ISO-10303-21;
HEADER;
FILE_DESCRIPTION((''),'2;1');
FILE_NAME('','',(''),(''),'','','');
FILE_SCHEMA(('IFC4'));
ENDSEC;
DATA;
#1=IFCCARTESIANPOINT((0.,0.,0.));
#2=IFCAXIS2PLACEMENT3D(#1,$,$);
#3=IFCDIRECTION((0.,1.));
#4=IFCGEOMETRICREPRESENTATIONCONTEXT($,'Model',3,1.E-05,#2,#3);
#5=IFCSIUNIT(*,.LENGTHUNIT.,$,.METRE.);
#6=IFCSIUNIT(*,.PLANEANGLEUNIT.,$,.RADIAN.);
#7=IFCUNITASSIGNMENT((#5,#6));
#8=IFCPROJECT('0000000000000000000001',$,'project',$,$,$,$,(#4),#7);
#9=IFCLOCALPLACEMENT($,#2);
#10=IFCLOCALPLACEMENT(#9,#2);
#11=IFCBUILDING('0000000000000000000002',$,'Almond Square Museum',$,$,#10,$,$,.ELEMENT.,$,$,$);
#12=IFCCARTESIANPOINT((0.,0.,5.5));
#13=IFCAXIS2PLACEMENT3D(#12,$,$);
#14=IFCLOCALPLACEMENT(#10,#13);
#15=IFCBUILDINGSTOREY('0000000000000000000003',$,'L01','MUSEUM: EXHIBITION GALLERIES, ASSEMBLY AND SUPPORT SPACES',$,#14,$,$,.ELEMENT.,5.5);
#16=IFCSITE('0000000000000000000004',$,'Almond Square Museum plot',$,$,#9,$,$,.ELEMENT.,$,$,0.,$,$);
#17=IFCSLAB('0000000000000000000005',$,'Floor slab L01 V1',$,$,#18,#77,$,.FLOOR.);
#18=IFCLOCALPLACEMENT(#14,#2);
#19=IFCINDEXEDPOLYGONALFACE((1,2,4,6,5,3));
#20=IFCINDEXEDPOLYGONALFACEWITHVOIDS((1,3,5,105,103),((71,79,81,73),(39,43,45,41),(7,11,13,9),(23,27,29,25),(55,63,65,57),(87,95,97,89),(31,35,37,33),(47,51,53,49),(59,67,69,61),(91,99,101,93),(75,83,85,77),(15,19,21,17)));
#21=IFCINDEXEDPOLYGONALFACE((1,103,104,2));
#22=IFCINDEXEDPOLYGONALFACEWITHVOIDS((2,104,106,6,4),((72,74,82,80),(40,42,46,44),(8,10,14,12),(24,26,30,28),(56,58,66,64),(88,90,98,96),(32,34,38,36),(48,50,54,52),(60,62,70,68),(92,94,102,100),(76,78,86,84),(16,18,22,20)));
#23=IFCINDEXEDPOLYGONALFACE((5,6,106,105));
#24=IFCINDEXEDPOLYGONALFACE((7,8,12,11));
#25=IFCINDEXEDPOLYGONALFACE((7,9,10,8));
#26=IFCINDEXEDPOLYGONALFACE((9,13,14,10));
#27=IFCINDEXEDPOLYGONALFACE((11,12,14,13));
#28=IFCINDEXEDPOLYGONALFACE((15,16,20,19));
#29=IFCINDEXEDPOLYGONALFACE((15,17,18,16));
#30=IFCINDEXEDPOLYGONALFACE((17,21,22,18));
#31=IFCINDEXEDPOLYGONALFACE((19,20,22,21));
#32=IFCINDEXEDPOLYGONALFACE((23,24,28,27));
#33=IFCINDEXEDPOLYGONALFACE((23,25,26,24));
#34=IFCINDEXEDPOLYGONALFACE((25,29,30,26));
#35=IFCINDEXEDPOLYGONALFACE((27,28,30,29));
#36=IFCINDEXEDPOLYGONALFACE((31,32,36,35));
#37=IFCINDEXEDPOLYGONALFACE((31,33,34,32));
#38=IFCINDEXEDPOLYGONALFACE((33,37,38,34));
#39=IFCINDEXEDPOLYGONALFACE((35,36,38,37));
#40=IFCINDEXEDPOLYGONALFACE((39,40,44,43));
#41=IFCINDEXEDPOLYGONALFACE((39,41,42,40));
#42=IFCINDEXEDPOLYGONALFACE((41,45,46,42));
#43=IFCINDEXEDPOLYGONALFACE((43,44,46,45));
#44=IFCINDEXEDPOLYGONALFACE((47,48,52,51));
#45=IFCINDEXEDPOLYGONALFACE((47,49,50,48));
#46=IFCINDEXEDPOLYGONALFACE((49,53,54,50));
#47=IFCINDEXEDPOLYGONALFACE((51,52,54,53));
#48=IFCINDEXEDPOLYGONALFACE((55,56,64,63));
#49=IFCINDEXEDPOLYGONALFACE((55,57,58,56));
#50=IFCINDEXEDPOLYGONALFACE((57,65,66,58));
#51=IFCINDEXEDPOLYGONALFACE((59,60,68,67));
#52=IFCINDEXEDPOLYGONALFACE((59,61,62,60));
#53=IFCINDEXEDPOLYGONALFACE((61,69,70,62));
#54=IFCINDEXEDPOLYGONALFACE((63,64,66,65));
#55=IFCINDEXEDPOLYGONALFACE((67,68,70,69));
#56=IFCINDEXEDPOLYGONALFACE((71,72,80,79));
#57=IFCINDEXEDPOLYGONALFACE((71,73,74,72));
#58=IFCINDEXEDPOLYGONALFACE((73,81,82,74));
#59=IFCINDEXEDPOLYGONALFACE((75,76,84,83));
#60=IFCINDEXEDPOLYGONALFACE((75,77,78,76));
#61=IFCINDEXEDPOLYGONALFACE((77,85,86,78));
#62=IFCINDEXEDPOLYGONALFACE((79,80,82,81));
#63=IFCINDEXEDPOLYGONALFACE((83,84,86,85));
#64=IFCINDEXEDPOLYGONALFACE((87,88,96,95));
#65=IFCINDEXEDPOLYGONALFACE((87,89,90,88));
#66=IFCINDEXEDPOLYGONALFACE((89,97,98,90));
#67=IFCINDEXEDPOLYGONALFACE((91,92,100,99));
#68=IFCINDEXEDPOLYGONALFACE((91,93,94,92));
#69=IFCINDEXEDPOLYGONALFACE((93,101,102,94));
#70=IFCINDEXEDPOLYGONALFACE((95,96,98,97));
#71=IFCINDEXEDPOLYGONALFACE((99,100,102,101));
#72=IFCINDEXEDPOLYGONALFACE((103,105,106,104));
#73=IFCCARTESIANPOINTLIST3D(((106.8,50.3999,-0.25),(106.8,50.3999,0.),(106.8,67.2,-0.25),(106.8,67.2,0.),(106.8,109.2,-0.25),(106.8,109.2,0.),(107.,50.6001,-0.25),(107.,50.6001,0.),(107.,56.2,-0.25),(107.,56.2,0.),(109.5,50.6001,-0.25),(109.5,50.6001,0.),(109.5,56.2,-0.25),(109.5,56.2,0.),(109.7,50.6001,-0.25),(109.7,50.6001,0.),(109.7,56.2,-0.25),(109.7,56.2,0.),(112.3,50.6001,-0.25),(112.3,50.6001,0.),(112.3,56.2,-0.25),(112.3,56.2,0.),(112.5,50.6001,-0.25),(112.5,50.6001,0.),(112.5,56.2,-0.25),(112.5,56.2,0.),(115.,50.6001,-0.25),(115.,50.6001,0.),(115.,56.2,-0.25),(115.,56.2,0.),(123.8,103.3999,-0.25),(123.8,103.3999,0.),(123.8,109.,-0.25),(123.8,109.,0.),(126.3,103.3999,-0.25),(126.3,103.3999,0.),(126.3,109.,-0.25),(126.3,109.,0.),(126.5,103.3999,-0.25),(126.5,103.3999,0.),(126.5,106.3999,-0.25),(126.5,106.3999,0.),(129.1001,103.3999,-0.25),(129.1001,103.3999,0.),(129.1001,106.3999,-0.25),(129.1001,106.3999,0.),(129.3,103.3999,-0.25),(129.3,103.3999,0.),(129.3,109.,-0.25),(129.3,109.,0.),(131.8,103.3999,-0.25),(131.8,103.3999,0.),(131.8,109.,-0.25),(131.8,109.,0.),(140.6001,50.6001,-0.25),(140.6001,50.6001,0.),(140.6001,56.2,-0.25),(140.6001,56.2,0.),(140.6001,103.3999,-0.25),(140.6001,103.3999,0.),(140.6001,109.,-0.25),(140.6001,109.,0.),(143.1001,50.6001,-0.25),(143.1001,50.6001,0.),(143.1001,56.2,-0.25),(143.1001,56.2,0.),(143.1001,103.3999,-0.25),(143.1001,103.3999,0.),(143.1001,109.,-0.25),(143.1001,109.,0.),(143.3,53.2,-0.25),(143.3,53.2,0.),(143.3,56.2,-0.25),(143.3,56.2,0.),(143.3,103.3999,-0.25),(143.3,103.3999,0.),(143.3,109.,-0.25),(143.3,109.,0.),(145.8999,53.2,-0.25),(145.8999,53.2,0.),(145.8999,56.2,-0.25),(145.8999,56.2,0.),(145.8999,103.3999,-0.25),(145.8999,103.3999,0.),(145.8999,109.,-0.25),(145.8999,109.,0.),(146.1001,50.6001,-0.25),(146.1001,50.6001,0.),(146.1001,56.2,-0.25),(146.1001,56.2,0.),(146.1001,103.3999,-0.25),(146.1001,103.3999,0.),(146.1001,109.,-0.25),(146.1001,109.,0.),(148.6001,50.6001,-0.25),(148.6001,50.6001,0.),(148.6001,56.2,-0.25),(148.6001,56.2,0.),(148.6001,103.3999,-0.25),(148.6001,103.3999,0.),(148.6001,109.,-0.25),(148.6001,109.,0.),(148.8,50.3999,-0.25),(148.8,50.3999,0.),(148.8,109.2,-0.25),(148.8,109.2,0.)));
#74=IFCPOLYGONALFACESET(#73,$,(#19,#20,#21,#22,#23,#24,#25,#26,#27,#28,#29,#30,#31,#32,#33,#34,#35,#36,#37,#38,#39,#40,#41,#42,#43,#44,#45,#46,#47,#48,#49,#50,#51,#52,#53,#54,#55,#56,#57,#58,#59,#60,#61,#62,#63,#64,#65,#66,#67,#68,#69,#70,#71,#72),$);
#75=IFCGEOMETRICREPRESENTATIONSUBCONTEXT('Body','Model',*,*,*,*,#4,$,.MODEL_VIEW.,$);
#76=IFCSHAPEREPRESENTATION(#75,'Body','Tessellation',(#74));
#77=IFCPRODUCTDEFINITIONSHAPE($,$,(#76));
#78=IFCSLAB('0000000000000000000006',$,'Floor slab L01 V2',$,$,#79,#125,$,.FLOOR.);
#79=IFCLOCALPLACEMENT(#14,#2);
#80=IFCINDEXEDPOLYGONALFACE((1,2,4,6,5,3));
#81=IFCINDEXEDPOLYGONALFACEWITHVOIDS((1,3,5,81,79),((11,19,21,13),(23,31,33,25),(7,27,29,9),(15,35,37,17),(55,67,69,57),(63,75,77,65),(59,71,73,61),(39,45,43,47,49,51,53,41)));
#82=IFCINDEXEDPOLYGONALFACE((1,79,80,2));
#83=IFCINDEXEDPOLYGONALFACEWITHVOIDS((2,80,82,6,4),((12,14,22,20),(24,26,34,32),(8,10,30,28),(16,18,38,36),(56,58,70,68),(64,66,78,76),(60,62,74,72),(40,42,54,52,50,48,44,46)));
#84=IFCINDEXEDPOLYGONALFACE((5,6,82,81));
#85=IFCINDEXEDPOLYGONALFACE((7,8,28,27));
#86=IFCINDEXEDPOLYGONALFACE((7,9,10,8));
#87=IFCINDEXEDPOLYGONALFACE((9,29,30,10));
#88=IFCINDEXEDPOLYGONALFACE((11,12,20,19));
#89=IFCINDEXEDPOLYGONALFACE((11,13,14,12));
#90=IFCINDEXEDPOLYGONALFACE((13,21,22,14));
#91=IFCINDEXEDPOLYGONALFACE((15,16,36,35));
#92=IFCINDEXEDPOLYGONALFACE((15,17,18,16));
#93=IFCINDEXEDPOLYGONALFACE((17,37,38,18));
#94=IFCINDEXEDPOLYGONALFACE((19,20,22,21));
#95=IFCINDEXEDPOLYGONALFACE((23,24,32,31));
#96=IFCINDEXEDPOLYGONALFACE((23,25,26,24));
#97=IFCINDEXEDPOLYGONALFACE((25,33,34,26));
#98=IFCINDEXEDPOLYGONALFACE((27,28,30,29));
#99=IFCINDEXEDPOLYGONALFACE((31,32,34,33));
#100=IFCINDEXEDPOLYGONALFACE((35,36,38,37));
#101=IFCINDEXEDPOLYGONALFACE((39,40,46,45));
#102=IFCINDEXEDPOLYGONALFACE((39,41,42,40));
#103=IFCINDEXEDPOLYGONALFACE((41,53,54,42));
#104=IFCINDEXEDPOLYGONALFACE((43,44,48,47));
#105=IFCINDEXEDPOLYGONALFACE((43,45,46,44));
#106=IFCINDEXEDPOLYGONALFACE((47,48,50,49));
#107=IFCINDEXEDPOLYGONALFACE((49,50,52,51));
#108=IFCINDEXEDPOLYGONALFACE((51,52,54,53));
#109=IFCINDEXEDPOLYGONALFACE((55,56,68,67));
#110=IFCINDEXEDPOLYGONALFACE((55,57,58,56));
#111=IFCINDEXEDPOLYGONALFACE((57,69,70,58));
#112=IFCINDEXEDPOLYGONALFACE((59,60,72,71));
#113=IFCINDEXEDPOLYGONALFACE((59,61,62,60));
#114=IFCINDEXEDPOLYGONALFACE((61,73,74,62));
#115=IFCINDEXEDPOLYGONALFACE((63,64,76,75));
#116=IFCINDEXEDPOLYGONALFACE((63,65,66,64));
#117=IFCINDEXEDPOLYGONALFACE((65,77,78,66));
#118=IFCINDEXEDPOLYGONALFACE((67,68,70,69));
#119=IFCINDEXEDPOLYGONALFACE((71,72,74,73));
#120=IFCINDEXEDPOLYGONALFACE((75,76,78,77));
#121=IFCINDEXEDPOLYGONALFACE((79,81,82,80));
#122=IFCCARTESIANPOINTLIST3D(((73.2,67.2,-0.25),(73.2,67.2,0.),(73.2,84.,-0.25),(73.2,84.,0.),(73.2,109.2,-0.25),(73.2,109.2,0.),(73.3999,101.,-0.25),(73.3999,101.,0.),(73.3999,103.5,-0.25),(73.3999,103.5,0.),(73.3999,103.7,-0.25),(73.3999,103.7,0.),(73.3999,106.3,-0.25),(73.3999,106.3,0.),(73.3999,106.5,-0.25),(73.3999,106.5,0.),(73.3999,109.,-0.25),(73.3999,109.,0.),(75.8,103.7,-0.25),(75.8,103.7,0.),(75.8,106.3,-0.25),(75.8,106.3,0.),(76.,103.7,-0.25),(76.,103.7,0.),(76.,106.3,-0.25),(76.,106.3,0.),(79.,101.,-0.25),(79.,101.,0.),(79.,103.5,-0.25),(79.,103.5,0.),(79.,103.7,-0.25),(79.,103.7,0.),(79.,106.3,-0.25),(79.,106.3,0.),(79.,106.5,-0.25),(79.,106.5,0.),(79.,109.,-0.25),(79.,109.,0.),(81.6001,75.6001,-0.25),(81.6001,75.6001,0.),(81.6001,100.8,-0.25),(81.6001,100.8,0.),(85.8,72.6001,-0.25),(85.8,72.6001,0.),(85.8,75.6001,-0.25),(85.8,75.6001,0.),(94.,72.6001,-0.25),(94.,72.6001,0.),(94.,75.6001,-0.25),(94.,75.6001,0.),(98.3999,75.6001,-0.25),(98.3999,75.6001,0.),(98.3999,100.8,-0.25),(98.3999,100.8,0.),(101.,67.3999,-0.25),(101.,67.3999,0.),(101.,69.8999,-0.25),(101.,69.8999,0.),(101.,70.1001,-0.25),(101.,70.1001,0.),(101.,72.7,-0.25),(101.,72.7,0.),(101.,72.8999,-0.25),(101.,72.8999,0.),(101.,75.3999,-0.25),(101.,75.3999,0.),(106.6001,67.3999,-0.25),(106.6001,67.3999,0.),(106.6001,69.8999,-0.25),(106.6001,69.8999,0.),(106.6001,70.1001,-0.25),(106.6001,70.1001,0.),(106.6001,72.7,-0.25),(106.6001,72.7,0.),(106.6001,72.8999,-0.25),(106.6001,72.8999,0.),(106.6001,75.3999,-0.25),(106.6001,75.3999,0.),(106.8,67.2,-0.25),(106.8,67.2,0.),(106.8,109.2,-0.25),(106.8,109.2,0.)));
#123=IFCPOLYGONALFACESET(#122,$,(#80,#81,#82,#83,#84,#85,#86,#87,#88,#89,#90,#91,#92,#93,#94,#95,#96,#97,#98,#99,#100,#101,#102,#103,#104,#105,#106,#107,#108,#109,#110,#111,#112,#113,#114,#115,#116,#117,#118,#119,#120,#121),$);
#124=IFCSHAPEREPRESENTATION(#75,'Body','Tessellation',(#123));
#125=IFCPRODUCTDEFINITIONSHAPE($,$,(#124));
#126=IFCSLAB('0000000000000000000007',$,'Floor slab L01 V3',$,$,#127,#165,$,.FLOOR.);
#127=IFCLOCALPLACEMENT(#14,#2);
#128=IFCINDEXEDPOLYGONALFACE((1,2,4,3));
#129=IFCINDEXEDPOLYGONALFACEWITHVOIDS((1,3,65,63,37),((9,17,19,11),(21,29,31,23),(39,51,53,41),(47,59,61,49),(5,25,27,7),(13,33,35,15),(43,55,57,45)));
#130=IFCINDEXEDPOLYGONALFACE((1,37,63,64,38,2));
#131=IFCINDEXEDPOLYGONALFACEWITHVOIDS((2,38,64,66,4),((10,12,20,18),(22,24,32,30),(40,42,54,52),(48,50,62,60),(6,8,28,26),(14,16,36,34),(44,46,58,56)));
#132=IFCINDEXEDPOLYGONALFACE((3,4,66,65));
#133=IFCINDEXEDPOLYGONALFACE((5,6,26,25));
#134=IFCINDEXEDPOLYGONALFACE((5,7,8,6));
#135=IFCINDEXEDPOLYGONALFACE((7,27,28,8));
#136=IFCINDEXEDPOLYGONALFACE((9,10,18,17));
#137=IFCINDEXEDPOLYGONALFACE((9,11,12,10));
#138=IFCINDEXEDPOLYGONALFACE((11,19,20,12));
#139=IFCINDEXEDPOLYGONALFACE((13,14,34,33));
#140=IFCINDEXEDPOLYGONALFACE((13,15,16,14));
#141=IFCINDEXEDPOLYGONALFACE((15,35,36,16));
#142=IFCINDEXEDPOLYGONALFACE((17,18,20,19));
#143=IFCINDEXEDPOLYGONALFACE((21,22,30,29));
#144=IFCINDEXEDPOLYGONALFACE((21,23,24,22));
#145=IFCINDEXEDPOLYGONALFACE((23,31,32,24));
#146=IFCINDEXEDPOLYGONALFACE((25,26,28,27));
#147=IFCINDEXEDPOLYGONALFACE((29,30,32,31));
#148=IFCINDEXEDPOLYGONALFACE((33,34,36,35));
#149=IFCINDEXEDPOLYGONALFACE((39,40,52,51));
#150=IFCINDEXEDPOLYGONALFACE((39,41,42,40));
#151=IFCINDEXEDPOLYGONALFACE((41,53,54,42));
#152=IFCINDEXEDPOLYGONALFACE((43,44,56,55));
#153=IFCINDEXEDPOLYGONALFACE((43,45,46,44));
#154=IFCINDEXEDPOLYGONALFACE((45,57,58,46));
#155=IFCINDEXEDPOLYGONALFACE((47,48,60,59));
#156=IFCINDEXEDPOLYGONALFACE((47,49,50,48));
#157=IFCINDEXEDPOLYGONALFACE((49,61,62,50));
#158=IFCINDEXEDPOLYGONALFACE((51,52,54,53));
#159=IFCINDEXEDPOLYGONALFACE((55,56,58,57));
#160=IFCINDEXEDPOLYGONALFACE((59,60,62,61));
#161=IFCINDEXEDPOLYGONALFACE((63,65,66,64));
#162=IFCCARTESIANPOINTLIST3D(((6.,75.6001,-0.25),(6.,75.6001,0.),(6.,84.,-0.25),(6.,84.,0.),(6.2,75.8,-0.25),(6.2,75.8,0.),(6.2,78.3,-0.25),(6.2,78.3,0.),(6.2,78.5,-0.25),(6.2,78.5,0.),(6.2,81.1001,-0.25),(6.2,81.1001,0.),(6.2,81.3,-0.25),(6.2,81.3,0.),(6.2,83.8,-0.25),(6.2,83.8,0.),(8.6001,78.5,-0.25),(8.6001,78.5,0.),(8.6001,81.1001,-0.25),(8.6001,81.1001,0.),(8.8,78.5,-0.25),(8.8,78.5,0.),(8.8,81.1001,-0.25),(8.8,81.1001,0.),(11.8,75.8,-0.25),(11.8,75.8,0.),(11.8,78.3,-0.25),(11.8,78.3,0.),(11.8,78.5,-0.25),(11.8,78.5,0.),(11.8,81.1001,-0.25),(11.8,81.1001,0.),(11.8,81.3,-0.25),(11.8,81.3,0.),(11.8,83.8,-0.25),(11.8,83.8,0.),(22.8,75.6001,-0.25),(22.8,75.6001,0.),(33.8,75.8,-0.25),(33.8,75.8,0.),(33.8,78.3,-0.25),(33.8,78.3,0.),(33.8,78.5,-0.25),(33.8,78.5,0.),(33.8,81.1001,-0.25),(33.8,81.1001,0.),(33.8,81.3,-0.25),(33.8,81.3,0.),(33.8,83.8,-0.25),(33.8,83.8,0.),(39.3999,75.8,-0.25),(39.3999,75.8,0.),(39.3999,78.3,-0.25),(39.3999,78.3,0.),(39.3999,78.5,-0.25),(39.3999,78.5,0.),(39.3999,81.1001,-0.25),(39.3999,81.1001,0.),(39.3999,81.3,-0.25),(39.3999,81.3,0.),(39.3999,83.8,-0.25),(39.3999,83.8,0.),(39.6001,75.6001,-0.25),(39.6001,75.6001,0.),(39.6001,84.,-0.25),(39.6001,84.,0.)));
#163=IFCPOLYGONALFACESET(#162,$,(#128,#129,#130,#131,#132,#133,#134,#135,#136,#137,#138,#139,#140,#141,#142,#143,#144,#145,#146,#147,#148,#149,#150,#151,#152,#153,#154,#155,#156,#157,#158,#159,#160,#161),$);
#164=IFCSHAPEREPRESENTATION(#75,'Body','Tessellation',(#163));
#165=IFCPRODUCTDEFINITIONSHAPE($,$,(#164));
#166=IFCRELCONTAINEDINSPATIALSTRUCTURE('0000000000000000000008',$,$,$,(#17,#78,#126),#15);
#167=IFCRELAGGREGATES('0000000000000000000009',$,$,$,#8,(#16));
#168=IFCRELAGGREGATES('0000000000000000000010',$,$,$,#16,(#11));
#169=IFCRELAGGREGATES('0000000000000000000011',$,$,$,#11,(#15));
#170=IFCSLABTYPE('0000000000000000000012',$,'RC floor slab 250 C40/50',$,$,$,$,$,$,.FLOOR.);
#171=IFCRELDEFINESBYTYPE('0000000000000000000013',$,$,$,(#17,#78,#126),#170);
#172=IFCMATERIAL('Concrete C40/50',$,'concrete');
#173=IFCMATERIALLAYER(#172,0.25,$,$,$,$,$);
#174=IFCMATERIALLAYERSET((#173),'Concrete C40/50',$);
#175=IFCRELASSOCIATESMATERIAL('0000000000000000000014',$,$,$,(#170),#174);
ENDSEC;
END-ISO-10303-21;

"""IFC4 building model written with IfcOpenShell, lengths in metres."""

from ifc_helpers import new_model, si_unit, direction, frame, origin, place, context, subcontext, project, spatial, polyline, outline, extrude, material, layer, layer_set, type_object, element, save


model = new_model("IFC4")

# Units and contexts
model_context = context("Model", 3, precision=1e-05, world=origin(), true_north=direction((0.0, 1.0)))
body_context = subcontext(model_context, "Body", "Model", "MODEL_VIEW")
ifc_project = project(units=[si_unit("LENGTHUNIT", "METRE"), si_unit("PLANEANGLEUNIT", "RADIAN")], contexts=[model_context])

# Site, building, storey
site_placement = place(None, origin())
site = spatial("IfcSite", under=ifc_project, at=site_placement, Name="Almond Square Museum plot", CompositionType="ELEMENT", RefElevation=0.0)
building_placement = place(site_placement, origin())
building = spatial("IfcBuilding", under=site, at=building_placement, Name="Almond Square Museum", CompositionType="ELEMENT")
storey_placement = place(building_placement, frame((0.0, 0.0, 5.5)))
storey = spatial("IfcBuildingStorey", under=building, at=storey_placement, Name="L01", Description="MUSEUM: EXHIBITION GALLERIES, ASSEMBLY AND SUPPORT SPACES", CompositionType="ELEMENT", Elevation=5.5)

# Slabs
ifc_material_1 = material(Name="Concrete C40/50", Category="concrete")
ifc_layer_1 = layer(ifc_material_1, 0.25)
ifc_layer_set_1 = layer_set([ifc_layer_1], Name="Concrete C40/50")
slab_type_1 = type_object("IfcSlabType", Name="RC floor slab 250 C40/50", PredefinedType="FLOOR", material=ifc_layer_set_1)
slab_1_placement = place(storey_placement, frame((0.0, 0.0, -0.25)))
element("IfcSlab", 1, at=slab_1_placement, inside=storey, type_object=slab_type_1, Name="Floor slab L01 V1", PredefinedType="FLOOR", context=body_context, shape_type="SweptSolid", body=[
    extrude(outline(polyline([(148.8, 50.3999), (106.8, 50.3999), (106.8, 67.2), (106.8, 109.2), (148.8, 109.2), (148.8, 50.3999)]), holes=[polyline([(107.0, 50.6001), (109.5, 50.6001), (109.5, 56.2), (107.0, 56.2), (107.0, 50.6001)]), polyline([(109.7, 50.6001), (112.3, 50.6001), (112.3, 56.2), (109.7, 56.2), (109.7, 50.6001)]), polyline([(112.5, 50.6001), (115.0, 50.6001), (115.0, 56.2), (112.5, 56.2), (112.5, 50.6001)]), polyline([(123.8, 103.3999), (126.3, 103.3999), (126.3, 109.0), (123.8, 109.0), (123.8, 103.3999)]), polyline([(140.6001, 50.6001), (143.1001, 50.6001), (143.1001, 56.2), (140.6001, 56.2), (140.6001, 50.6001)]), polyline([(146.1001, 50.6001), (148.6001, 50.6001), (148.6001, 56.2), (146.1001, 56.2), (146.1001, 50.6001)]), polyline([(143.3, 53.2), (145.8999, 53.2), (145.8999, 56.2), (143.3, 56.2), (143.3, 53.2)]), polyline([(126.5, 103.3999), (129.1001, 103.3999), (129.1001, 106.3999), (126.5, 106.3999), (126.5, 103.3999)]), polyline([(146.1001, 103.3999), (148.6001, 103.3999), (148.6001, 109.0), (146.1001, 109.0), (146.1001, 103.3999)]), polyline([(143.3, 103.3999), (145.8999, 103.3999), (145.8999, 109.0), (143.3, 109.0), (143.3, 103.3999)]), polyline([(140.6001, 103.3999), (143.1001, 103.3999), (143.1001, 109.0), (140.6001, 109.0), (140.6001, 103.3999)]), polyline([(129.3, 103.3999), (131.8, 103.3999), (131.8, 109.0), (129.3, 109.0), (129.3, 103.3999)])]), origin(), (0.0, 0.0, 1.0), 0.25),
])
slab_2_placement = place(storey_placement, frame((0.0, 0.0, -0.25)))
element("IfcSlab", 2, at=slab_2_placement, inside=storey, type_object=slab_type_1, Name="Floor slab L01 V2", PredefinedType="FLOOR", context=body_context, shape_type="SweptSolid", body=[
    extrude(outline(polyline([(73.2, 67.2), (73.2, 84.0), (73.2, 109.2), (106.8, 109.2), (106.8, 67.2), (73.2, 67.2)]), holes=[polyline([(81.6001, 75.6001), (85.8, 75.6001), (85.8, 72.6001), (94.0, 72.6001), (94.0, 75.6001), (98.3999, 75.6001), (98.3999, 100.8), (81.6001, 100.8), (81.6001, 75.6001)]), polyline([(101.0, 67.3999), (106.6001, 67.3999), (106.6001, 69.8999), (101.0, 69.8999), (101.0, 67.3999)]), polyline([(106.6001, 70.1001), (106.6001, 72.7), (101.0, 72.7), (101.0, 70.1001), (106.6001, 70.1001)]), polyline([(101.0, 72.8999), (106.6001, 72.8999), (106.6001, 75.3999), (101.0, 75.3999), (101.0, 72.8999)]), polyline([(73.3999, 101.0), (79.0, 101.0), (79.0, 103.5), (73.3999, 103.5), (73.3999, 101.0)]), polyline([(76.0, 103.7), (79.0, 103.7), (79.0, 106.3), (76.0, 106.3), (76.0, 103.7)]), polyline([(73.3999, 103.7), (75.8, 103.7), (75.8, 106.3), (73.3999, 106.3), (73.3999, 103.7)]), polyline([(73.3999, 106.5), (79.0, 106.5), (79.0, 109.0), (73.3999, 109.0), (73.3999, 106.5)])]), origin(), (0.0, 0.0, 1.0), 0.25),
])
slab_3_placement = place(storey_placement, frame((0.0, 0.0, -0.25)))
element("IfcSlab", 3, at=slab_3_placement, inside=storey, type_object=slab_type_1, Name="Floor slab L01 V3", PredefinedType="FLOOR", context=body_context, shape_type="SweptSolid", body=[
    extrude(outline(polyline([(39.6001, 84.0), (39.6001, 75.6001), (22.8, 75.6001), (6.0, 75.6001), (6.0, 84.0), (39.6001, 84.0)]), holes=[polyline([(6.2, 75.8), (11.8, 75.8), (11.8, 78.3), (6.2, 78.3), (6.2, 75.8)]), polyline([(33.8, 75.8), (39.3999, 75.8), (39.3999, 78.3), (33.8, 78.3), (33.8, 75.8)]), polyline([(8.8, 78.5), (11.8, 78.5), (11.8, 81.1001), (8.8, 81.1001), (8.8, 78.5)]), polyline([(6.2, 78.5), (8.6001, 78.5), (8.6001, 81.1001), (6.2, 81.1001), (6.2, 78.5)]), polyline([(33.8, 78.5), (39.3999, 78.5), (39.3999, 81.1001), (33.8, 81.1001), (33.8, 78.5)]), polyline([(11.8, 81.3), (11.8, 83.8), (6.2, 83.8), (6.2, 81.3), (11.8, 81.3)]), polyline([(33.8, 81.3), (39.3999, 81.3), (39.3999, 83.8), (33.8, 83.8), (33.8, 81.3)])]), origin(), (0.0, 0.0, 1.0), 0.25),
])

save(model, "model.ifc")
